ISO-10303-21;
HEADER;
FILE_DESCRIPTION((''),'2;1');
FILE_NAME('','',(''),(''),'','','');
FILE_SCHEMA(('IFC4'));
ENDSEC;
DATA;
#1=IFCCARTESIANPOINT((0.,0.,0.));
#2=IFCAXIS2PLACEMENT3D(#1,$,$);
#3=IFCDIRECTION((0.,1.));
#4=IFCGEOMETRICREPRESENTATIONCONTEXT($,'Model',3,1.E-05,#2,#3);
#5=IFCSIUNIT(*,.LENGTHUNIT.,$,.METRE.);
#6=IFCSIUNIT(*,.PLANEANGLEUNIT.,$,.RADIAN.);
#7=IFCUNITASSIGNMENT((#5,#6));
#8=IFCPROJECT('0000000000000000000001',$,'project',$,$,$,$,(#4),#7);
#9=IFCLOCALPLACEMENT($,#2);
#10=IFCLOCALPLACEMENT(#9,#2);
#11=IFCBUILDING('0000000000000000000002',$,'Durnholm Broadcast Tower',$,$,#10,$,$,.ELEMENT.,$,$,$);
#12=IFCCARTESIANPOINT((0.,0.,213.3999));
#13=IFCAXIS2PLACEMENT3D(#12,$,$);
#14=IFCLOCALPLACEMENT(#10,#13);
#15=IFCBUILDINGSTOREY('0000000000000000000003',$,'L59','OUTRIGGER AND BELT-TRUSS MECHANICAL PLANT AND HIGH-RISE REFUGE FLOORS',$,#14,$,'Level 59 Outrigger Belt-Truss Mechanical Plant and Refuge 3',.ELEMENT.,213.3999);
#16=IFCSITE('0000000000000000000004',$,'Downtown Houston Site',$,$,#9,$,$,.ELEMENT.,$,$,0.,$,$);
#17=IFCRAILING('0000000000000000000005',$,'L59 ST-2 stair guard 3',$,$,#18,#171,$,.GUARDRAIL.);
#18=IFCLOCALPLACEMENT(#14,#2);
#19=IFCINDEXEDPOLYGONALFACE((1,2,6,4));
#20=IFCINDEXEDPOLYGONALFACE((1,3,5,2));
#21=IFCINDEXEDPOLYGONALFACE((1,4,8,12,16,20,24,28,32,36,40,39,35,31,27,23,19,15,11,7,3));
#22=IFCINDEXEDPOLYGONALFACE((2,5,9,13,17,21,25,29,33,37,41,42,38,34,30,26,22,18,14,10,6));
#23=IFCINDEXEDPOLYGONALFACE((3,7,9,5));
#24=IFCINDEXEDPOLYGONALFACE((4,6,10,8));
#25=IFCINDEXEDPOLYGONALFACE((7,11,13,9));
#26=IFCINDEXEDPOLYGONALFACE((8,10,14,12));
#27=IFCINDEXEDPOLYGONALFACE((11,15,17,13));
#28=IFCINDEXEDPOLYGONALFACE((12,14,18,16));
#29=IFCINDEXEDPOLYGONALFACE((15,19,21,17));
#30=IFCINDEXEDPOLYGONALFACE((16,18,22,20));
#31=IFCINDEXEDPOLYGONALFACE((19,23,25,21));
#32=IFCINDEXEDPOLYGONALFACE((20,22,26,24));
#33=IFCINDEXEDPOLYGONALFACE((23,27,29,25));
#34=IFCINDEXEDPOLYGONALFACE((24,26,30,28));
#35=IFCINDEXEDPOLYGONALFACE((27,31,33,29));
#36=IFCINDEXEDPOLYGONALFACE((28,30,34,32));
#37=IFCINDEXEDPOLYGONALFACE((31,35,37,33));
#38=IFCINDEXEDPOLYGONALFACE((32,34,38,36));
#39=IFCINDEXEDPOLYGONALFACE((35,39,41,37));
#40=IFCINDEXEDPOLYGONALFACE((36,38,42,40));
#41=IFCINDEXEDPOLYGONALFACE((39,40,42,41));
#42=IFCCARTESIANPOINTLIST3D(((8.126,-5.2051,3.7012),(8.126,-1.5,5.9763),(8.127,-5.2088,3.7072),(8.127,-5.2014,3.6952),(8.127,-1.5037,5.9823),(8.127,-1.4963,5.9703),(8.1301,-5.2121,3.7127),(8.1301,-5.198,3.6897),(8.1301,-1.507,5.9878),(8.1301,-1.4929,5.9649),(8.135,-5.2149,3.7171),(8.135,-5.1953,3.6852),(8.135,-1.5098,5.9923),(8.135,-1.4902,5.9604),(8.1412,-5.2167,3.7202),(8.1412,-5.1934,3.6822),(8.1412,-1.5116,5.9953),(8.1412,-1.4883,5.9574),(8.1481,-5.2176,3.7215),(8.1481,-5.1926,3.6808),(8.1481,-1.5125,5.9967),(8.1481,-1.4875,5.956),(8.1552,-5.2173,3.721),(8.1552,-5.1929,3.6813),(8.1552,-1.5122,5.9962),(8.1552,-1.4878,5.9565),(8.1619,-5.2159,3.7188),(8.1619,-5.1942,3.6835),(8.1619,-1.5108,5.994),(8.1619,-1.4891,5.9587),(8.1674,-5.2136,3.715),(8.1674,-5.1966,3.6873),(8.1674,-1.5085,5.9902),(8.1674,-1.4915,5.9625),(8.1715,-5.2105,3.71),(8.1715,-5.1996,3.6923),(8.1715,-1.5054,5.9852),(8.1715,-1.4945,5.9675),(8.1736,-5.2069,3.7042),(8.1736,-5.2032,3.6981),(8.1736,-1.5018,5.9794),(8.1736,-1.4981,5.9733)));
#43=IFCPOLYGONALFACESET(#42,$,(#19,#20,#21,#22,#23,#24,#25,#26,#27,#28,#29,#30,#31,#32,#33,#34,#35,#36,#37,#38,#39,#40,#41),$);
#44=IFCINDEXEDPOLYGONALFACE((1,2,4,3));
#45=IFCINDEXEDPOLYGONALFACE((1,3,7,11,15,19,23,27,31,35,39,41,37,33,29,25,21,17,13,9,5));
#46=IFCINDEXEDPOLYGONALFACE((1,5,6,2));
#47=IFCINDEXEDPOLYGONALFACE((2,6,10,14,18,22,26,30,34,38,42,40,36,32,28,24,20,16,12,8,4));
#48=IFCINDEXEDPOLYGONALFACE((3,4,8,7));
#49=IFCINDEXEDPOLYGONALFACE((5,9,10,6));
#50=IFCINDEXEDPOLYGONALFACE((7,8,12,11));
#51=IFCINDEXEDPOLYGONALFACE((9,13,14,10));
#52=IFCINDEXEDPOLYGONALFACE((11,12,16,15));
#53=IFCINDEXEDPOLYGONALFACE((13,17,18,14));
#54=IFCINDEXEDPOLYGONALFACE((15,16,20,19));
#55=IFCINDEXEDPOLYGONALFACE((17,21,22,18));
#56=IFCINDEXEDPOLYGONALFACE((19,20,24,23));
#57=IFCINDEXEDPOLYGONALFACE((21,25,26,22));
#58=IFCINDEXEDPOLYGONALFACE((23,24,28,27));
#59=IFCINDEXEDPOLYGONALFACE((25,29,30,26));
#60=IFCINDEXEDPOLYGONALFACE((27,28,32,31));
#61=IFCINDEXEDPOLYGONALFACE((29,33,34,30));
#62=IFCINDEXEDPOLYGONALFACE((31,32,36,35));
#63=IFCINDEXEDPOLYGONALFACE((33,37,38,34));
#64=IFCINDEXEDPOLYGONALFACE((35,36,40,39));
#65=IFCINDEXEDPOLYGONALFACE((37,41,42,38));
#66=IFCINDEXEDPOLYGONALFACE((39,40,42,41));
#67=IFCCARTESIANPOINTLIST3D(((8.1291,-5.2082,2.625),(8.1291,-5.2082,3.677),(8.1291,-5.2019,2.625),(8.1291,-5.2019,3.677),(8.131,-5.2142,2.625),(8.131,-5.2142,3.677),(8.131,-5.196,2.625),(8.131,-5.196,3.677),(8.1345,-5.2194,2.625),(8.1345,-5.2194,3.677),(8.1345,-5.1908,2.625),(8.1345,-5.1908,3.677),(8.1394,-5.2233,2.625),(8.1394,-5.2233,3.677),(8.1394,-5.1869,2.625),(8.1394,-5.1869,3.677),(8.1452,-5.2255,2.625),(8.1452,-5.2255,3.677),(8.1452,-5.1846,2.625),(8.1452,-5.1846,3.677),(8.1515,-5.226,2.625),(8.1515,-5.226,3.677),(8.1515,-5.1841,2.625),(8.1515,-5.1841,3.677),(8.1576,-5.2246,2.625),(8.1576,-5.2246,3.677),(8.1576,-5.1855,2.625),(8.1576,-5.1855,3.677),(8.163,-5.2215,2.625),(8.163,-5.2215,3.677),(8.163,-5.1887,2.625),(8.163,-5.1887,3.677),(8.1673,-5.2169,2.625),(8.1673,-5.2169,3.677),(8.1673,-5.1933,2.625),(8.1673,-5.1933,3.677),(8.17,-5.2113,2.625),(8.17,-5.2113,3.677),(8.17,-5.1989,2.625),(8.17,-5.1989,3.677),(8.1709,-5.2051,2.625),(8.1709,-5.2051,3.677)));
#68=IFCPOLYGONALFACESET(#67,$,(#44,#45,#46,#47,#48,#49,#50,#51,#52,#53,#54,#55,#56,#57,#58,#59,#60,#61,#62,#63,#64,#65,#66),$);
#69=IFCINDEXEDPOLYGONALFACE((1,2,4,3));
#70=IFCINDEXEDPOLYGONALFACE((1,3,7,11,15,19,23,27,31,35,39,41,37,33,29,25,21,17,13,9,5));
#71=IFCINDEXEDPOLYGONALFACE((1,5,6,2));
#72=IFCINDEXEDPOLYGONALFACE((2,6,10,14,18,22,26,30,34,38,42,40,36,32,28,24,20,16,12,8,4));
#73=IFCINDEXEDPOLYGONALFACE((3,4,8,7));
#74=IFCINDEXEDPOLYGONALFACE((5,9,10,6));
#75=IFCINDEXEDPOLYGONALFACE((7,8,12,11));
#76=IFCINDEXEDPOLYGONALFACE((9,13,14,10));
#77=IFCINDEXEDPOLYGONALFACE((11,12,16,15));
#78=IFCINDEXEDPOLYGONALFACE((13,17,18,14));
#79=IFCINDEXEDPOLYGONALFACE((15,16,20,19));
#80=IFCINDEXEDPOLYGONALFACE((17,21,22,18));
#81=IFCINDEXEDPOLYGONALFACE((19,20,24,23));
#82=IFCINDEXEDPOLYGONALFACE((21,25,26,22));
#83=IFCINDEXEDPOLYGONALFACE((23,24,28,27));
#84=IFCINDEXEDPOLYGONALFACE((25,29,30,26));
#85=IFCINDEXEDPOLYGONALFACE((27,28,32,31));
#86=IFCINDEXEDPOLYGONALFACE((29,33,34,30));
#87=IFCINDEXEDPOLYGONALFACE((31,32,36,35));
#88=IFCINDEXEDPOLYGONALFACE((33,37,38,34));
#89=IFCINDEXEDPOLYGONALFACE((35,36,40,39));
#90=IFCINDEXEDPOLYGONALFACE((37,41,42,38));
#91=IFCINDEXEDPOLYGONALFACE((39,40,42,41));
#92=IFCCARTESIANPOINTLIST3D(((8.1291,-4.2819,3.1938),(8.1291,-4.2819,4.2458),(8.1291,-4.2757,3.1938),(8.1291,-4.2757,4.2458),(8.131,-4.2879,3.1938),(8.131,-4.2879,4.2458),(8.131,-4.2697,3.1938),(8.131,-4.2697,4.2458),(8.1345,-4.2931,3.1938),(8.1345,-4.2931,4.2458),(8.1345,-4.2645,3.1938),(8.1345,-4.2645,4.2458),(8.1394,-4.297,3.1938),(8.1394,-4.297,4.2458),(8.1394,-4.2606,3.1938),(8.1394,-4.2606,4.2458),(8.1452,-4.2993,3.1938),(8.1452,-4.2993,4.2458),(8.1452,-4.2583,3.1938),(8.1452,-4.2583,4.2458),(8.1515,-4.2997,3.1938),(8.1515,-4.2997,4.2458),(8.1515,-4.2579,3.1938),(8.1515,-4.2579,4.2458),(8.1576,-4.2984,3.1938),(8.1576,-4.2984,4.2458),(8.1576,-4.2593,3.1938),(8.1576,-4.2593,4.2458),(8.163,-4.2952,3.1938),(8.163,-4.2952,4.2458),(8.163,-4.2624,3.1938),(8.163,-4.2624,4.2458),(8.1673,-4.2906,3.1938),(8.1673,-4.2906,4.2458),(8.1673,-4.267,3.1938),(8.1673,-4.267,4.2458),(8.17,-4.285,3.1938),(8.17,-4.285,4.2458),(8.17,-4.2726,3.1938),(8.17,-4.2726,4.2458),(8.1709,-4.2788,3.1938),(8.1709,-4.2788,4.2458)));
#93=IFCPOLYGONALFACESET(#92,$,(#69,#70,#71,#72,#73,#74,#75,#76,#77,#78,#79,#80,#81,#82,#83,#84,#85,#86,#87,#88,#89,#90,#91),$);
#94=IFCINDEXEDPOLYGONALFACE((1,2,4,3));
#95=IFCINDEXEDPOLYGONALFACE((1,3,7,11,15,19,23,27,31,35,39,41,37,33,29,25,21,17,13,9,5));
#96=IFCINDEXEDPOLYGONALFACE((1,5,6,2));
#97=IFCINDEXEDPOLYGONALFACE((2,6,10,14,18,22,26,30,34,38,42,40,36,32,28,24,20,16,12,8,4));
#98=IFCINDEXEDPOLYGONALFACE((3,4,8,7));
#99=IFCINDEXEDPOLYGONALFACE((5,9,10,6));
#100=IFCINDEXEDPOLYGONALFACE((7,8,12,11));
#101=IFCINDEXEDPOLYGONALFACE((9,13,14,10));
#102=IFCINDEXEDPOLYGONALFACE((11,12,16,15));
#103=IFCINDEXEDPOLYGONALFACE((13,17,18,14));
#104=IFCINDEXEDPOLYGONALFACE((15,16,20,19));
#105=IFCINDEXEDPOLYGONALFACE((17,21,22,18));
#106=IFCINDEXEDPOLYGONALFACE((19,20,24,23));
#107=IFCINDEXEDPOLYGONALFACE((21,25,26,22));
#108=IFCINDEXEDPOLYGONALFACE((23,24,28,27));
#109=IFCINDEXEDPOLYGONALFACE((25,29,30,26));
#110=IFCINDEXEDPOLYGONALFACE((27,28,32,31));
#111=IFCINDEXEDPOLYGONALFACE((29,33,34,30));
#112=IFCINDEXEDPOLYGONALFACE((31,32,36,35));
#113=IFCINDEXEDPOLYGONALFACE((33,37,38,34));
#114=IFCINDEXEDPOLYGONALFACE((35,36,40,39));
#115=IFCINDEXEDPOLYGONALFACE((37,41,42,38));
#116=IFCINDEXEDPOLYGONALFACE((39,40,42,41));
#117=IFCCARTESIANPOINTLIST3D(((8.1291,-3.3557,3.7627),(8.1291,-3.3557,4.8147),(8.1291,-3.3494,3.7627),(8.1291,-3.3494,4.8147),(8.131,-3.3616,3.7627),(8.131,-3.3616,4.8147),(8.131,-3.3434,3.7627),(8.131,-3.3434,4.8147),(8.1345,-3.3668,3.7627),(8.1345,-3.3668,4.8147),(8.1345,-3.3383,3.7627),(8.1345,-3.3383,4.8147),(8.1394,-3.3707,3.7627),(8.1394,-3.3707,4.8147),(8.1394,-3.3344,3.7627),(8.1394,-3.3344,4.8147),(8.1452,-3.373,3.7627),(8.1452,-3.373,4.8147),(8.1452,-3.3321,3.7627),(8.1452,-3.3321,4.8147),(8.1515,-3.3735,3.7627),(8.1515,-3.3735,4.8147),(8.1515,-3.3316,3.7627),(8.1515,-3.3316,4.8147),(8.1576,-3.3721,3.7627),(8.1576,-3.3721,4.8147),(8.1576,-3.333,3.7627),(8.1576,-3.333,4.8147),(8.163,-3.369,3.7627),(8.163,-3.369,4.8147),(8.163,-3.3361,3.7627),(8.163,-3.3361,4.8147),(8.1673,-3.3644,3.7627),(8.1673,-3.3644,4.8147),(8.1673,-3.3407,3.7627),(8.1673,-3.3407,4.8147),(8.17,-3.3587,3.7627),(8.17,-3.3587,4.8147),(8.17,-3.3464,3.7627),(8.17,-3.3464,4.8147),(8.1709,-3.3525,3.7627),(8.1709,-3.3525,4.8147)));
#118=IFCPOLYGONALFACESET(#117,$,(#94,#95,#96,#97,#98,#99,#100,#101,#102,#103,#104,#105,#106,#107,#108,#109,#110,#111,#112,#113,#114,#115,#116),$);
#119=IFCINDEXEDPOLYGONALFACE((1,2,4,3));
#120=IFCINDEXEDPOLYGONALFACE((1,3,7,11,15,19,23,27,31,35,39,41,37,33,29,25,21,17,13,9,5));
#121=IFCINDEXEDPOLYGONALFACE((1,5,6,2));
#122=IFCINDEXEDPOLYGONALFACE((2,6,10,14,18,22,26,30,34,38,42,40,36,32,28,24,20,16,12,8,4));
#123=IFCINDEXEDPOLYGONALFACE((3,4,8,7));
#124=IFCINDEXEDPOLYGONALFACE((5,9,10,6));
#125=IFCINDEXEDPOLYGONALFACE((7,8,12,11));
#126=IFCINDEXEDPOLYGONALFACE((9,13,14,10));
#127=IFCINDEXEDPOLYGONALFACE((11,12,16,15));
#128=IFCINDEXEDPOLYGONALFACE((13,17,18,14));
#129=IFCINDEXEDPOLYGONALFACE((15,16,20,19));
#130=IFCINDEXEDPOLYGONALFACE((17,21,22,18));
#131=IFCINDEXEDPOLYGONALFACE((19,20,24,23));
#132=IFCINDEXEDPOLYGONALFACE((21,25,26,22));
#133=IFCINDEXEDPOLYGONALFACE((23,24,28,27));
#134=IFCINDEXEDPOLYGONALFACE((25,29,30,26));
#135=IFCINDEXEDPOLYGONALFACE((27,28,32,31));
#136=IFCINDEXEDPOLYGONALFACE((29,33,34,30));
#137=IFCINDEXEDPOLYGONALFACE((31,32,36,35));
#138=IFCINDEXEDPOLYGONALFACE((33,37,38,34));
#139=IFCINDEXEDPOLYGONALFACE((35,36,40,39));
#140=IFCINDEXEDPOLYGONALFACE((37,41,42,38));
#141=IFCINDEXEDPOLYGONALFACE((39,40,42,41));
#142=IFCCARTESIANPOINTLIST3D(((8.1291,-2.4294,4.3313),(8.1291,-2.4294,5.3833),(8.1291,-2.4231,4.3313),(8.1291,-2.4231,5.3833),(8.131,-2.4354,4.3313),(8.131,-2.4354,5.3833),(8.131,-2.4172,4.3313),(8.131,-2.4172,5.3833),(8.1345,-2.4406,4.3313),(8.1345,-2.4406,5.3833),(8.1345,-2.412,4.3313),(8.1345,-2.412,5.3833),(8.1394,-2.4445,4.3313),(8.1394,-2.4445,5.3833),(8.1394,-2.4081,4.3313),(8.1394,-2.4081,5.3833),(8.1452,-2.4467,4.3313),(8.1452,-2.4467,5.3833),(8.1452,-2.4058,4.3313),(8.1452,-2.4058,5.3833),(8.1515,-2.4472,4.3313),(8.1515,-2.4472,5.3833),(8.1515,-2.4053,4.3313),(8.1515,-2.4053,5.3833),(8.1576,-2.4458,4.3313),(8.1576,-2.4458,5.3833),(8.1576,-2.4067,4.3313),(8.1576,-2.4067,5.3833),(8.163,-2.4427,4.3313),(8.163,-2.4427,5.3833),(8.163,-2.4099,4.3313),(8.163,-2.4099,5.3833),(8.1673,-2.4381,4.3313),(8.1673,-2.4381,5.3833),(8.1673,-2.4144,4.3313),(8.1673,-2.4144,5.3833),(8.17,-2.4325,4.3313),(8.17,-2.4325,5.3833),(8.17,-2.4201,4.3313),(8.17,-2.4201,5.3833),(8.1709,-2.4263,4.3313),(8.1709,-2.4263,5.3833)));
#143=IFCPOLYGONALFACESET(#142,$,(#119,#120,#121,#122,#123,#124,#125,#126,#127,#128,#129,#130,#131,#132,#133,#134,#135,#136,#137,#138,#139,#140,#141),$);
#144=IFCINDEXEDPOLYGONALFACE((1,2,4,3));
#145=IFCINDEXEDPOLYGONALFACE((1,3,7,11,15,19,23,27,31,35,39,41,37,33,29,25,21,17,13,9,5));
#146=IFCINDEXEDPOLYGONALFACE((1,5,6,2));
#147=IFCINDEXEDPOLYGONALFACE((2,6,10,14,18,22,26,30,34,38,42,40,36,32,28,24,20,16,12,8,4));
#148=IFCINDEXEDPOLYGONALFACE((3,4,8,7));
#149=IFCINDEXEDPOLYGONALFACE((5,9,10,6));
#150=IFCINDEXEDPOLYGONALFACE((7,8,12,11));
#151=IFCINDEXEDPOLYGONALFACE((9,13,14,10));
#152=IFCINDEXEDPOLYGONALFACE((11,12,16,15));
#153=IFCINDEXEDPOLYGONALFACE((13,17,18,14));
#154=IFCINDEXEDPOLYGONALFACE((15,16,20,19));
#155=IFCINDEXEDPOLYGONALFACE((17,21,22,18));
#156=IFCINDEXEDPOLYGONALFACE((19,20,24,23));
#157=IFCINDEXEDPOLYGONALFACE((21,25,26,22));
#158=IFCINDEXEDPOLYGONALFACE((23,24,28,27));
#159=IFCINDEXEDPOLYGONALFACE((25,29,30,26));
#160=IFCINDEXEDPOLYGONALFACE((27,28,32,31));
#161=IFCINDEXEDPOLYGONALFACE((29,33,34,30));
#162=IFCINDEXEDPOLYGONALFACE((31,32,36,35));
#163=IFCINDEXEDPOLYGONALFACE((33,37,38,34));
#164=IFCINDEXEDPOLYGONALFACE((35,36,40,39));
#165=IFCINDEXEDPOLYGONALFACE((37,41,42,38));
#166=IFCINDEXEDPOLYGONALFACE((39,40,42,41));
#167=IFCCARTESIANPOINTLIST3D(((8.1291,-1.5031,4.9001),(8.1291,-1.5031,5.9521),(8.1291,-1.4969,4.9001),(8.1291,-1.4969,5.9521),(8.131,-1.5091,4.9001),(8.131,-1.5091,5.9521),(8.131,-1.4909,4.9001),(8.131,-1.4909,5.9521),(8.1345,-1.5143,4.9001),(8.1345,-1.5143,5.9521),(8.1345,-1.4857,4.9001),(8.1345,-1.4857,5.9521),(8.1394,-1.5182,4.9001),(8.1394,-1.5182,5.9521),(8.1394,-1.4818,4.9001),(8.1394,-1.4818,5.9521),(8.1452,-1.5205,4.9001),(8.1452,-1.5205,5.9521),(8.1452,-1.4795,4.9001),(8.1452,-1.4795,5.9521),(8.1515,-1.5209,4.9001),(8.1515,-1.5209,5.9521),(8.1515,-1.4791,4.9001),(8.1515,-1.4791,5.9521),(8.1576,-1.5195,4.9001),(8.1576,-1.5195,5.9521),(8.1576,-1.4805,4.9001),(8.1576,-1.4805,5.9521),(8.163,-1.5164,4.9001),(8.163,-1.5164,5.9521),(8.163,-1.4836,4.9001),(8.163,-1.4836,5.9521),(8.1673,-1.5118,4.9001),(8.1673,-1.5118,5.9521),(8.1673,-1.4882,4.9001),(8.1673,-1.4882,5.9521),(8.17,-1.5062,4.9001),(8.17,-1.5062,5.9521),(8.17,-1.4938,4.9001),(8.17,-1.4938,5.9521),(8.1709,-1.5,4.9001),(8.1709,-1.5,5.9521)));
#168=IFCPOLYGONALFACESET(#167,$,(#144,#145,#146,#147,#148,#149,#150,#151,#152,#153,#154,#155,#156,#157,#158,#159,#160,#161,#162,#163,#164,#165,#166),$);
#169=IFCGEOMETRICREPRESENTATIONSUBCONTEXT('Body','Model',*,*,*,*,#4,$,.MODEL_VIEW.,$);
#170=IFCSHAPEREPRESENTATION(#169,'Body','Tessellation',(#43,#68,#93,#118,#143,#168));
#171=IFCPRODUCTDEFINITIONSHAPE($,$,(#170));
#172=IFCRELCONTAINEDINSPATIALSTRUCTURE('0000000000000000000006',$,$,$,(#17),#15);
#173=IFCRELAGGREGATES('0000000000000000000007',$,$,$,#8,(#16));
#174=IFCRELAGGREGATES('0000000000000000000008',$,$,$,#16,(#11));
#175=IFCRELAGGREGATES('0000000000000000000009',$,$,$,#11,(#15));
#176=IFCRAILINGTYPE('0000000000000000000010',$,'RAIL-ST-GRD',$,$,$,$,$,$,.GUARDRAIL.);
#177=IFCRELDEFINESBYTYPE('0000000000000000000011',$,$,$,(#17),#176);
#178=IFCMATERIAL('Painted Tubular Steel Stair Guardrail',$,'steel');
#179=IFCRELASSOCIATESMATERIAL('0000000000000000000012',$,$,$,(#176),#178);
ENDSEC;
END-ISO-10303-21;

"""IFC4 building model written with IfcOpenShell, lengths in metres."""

from ifc_helpers import new_model, si_unit, direction, frame, origin, origin_2d, place, context, subcontext, project, spatial, circle, extrude, material, type_object, element, save


model = new_model("IFC4")

# Units and contexts
model_context = context("Model", 3, precision=1e-05, world=origin(), true_north=direction((0.0, 1.0)))
body_context = subcontext(model_context, "Body", "Model", "MODEL_VIEW")
ifc_project = project(units=[si_unit("LENGTHUNIT", "METRE"), si_unit("PLANEANGLEUNIT", "RADIAN")], contexts=[model_context])

# Site, building, storey
site_placement = place(None, origin())
site = spatial("IfcSite", under=ifc_project, at=site_placement, Name="Downtown Houston Site", CompositionType="ELEMENT", RefElevation=0.0)
building_placement = place(site_placement, origin())
building = spatial("IfcBuilding", under=site, at=building_placement, Name="Durnholm Broadcast Tower", CompositionType="ELEMENT")
storey_placement = place(building_placement, frame((0.0, 0.0, 213.3999)))
storey = spatial("IfcBuildingStorey", under=building, at=storey_placement, Name="L59", Description="OUTRIGGER AND BELT-TRUSS MECHANICAL PLANT AND HIGH-RISE REFUGE FLOORS", LongName="Level 59 Outrigger Belt-Truss Mechanical Plant and Refuge 3", CompositionType="ELEMENT", Elevation=213.3999)

# Railing
ifc_material_1 = material(Name="Painted Tubular Steel Stair Guardrail", Category="steel")
railing_type_1 = type_object("IfcRailingType", Name="RAIL-ST-GRD", PredefinedType="GUARDRAIL", material=ifc_material_1)
railing_1_placement = place(storey_placement, frame((8.1499, -5.2051, 2.625)))
element("IfcRailing", 1, at=railing_1_placement, inside=storey, type_object=railing_type_1, Name="L59 ST-2 stair guard 3", PredefinedType="GUARDRAIL", context=body_context, shape_type="SweptSolid", body=[
    extrude(circle(Radius=0.0239, at=origin_2d()), frame((0.0, 0.0, 1.0762), z_axis=(0.0, 0.852161, 0.523279), x_axis=(-1.0, 0.0, 0.0)), (0.0, 0.0, 1.0), 4.3479),
    extrude(circle(Radius=0.021, at=origin_2d()), origin(), (0.0, 0.0, 1.0), 1.052),
    extrude(circle(Radius=0.021, at=origin_2d()), frame((0.0, 0.9263, 0.5688)), (0.0, 0.0, 1.0), 1.052),
    extrude(circle(Radius=0.021, at=origin_2d()), frame((0.0, 1.8525, 1.1377)), (0.0, 0.0, 1.0), 1.052),
    extrude(circle(Radius=0.021, at=origin_2d()), frame((0.0, 2.7788, 1.7063)), (0.0, 0.0, 1.0), 1.052),
    extrude(circle(Radius=0.021, at=origin_2d()), frame((0.0, 3.7051, 2.2751)), (0.0, 0.0, 1.0), 1.052),
])

save(model, "model.ifc")
